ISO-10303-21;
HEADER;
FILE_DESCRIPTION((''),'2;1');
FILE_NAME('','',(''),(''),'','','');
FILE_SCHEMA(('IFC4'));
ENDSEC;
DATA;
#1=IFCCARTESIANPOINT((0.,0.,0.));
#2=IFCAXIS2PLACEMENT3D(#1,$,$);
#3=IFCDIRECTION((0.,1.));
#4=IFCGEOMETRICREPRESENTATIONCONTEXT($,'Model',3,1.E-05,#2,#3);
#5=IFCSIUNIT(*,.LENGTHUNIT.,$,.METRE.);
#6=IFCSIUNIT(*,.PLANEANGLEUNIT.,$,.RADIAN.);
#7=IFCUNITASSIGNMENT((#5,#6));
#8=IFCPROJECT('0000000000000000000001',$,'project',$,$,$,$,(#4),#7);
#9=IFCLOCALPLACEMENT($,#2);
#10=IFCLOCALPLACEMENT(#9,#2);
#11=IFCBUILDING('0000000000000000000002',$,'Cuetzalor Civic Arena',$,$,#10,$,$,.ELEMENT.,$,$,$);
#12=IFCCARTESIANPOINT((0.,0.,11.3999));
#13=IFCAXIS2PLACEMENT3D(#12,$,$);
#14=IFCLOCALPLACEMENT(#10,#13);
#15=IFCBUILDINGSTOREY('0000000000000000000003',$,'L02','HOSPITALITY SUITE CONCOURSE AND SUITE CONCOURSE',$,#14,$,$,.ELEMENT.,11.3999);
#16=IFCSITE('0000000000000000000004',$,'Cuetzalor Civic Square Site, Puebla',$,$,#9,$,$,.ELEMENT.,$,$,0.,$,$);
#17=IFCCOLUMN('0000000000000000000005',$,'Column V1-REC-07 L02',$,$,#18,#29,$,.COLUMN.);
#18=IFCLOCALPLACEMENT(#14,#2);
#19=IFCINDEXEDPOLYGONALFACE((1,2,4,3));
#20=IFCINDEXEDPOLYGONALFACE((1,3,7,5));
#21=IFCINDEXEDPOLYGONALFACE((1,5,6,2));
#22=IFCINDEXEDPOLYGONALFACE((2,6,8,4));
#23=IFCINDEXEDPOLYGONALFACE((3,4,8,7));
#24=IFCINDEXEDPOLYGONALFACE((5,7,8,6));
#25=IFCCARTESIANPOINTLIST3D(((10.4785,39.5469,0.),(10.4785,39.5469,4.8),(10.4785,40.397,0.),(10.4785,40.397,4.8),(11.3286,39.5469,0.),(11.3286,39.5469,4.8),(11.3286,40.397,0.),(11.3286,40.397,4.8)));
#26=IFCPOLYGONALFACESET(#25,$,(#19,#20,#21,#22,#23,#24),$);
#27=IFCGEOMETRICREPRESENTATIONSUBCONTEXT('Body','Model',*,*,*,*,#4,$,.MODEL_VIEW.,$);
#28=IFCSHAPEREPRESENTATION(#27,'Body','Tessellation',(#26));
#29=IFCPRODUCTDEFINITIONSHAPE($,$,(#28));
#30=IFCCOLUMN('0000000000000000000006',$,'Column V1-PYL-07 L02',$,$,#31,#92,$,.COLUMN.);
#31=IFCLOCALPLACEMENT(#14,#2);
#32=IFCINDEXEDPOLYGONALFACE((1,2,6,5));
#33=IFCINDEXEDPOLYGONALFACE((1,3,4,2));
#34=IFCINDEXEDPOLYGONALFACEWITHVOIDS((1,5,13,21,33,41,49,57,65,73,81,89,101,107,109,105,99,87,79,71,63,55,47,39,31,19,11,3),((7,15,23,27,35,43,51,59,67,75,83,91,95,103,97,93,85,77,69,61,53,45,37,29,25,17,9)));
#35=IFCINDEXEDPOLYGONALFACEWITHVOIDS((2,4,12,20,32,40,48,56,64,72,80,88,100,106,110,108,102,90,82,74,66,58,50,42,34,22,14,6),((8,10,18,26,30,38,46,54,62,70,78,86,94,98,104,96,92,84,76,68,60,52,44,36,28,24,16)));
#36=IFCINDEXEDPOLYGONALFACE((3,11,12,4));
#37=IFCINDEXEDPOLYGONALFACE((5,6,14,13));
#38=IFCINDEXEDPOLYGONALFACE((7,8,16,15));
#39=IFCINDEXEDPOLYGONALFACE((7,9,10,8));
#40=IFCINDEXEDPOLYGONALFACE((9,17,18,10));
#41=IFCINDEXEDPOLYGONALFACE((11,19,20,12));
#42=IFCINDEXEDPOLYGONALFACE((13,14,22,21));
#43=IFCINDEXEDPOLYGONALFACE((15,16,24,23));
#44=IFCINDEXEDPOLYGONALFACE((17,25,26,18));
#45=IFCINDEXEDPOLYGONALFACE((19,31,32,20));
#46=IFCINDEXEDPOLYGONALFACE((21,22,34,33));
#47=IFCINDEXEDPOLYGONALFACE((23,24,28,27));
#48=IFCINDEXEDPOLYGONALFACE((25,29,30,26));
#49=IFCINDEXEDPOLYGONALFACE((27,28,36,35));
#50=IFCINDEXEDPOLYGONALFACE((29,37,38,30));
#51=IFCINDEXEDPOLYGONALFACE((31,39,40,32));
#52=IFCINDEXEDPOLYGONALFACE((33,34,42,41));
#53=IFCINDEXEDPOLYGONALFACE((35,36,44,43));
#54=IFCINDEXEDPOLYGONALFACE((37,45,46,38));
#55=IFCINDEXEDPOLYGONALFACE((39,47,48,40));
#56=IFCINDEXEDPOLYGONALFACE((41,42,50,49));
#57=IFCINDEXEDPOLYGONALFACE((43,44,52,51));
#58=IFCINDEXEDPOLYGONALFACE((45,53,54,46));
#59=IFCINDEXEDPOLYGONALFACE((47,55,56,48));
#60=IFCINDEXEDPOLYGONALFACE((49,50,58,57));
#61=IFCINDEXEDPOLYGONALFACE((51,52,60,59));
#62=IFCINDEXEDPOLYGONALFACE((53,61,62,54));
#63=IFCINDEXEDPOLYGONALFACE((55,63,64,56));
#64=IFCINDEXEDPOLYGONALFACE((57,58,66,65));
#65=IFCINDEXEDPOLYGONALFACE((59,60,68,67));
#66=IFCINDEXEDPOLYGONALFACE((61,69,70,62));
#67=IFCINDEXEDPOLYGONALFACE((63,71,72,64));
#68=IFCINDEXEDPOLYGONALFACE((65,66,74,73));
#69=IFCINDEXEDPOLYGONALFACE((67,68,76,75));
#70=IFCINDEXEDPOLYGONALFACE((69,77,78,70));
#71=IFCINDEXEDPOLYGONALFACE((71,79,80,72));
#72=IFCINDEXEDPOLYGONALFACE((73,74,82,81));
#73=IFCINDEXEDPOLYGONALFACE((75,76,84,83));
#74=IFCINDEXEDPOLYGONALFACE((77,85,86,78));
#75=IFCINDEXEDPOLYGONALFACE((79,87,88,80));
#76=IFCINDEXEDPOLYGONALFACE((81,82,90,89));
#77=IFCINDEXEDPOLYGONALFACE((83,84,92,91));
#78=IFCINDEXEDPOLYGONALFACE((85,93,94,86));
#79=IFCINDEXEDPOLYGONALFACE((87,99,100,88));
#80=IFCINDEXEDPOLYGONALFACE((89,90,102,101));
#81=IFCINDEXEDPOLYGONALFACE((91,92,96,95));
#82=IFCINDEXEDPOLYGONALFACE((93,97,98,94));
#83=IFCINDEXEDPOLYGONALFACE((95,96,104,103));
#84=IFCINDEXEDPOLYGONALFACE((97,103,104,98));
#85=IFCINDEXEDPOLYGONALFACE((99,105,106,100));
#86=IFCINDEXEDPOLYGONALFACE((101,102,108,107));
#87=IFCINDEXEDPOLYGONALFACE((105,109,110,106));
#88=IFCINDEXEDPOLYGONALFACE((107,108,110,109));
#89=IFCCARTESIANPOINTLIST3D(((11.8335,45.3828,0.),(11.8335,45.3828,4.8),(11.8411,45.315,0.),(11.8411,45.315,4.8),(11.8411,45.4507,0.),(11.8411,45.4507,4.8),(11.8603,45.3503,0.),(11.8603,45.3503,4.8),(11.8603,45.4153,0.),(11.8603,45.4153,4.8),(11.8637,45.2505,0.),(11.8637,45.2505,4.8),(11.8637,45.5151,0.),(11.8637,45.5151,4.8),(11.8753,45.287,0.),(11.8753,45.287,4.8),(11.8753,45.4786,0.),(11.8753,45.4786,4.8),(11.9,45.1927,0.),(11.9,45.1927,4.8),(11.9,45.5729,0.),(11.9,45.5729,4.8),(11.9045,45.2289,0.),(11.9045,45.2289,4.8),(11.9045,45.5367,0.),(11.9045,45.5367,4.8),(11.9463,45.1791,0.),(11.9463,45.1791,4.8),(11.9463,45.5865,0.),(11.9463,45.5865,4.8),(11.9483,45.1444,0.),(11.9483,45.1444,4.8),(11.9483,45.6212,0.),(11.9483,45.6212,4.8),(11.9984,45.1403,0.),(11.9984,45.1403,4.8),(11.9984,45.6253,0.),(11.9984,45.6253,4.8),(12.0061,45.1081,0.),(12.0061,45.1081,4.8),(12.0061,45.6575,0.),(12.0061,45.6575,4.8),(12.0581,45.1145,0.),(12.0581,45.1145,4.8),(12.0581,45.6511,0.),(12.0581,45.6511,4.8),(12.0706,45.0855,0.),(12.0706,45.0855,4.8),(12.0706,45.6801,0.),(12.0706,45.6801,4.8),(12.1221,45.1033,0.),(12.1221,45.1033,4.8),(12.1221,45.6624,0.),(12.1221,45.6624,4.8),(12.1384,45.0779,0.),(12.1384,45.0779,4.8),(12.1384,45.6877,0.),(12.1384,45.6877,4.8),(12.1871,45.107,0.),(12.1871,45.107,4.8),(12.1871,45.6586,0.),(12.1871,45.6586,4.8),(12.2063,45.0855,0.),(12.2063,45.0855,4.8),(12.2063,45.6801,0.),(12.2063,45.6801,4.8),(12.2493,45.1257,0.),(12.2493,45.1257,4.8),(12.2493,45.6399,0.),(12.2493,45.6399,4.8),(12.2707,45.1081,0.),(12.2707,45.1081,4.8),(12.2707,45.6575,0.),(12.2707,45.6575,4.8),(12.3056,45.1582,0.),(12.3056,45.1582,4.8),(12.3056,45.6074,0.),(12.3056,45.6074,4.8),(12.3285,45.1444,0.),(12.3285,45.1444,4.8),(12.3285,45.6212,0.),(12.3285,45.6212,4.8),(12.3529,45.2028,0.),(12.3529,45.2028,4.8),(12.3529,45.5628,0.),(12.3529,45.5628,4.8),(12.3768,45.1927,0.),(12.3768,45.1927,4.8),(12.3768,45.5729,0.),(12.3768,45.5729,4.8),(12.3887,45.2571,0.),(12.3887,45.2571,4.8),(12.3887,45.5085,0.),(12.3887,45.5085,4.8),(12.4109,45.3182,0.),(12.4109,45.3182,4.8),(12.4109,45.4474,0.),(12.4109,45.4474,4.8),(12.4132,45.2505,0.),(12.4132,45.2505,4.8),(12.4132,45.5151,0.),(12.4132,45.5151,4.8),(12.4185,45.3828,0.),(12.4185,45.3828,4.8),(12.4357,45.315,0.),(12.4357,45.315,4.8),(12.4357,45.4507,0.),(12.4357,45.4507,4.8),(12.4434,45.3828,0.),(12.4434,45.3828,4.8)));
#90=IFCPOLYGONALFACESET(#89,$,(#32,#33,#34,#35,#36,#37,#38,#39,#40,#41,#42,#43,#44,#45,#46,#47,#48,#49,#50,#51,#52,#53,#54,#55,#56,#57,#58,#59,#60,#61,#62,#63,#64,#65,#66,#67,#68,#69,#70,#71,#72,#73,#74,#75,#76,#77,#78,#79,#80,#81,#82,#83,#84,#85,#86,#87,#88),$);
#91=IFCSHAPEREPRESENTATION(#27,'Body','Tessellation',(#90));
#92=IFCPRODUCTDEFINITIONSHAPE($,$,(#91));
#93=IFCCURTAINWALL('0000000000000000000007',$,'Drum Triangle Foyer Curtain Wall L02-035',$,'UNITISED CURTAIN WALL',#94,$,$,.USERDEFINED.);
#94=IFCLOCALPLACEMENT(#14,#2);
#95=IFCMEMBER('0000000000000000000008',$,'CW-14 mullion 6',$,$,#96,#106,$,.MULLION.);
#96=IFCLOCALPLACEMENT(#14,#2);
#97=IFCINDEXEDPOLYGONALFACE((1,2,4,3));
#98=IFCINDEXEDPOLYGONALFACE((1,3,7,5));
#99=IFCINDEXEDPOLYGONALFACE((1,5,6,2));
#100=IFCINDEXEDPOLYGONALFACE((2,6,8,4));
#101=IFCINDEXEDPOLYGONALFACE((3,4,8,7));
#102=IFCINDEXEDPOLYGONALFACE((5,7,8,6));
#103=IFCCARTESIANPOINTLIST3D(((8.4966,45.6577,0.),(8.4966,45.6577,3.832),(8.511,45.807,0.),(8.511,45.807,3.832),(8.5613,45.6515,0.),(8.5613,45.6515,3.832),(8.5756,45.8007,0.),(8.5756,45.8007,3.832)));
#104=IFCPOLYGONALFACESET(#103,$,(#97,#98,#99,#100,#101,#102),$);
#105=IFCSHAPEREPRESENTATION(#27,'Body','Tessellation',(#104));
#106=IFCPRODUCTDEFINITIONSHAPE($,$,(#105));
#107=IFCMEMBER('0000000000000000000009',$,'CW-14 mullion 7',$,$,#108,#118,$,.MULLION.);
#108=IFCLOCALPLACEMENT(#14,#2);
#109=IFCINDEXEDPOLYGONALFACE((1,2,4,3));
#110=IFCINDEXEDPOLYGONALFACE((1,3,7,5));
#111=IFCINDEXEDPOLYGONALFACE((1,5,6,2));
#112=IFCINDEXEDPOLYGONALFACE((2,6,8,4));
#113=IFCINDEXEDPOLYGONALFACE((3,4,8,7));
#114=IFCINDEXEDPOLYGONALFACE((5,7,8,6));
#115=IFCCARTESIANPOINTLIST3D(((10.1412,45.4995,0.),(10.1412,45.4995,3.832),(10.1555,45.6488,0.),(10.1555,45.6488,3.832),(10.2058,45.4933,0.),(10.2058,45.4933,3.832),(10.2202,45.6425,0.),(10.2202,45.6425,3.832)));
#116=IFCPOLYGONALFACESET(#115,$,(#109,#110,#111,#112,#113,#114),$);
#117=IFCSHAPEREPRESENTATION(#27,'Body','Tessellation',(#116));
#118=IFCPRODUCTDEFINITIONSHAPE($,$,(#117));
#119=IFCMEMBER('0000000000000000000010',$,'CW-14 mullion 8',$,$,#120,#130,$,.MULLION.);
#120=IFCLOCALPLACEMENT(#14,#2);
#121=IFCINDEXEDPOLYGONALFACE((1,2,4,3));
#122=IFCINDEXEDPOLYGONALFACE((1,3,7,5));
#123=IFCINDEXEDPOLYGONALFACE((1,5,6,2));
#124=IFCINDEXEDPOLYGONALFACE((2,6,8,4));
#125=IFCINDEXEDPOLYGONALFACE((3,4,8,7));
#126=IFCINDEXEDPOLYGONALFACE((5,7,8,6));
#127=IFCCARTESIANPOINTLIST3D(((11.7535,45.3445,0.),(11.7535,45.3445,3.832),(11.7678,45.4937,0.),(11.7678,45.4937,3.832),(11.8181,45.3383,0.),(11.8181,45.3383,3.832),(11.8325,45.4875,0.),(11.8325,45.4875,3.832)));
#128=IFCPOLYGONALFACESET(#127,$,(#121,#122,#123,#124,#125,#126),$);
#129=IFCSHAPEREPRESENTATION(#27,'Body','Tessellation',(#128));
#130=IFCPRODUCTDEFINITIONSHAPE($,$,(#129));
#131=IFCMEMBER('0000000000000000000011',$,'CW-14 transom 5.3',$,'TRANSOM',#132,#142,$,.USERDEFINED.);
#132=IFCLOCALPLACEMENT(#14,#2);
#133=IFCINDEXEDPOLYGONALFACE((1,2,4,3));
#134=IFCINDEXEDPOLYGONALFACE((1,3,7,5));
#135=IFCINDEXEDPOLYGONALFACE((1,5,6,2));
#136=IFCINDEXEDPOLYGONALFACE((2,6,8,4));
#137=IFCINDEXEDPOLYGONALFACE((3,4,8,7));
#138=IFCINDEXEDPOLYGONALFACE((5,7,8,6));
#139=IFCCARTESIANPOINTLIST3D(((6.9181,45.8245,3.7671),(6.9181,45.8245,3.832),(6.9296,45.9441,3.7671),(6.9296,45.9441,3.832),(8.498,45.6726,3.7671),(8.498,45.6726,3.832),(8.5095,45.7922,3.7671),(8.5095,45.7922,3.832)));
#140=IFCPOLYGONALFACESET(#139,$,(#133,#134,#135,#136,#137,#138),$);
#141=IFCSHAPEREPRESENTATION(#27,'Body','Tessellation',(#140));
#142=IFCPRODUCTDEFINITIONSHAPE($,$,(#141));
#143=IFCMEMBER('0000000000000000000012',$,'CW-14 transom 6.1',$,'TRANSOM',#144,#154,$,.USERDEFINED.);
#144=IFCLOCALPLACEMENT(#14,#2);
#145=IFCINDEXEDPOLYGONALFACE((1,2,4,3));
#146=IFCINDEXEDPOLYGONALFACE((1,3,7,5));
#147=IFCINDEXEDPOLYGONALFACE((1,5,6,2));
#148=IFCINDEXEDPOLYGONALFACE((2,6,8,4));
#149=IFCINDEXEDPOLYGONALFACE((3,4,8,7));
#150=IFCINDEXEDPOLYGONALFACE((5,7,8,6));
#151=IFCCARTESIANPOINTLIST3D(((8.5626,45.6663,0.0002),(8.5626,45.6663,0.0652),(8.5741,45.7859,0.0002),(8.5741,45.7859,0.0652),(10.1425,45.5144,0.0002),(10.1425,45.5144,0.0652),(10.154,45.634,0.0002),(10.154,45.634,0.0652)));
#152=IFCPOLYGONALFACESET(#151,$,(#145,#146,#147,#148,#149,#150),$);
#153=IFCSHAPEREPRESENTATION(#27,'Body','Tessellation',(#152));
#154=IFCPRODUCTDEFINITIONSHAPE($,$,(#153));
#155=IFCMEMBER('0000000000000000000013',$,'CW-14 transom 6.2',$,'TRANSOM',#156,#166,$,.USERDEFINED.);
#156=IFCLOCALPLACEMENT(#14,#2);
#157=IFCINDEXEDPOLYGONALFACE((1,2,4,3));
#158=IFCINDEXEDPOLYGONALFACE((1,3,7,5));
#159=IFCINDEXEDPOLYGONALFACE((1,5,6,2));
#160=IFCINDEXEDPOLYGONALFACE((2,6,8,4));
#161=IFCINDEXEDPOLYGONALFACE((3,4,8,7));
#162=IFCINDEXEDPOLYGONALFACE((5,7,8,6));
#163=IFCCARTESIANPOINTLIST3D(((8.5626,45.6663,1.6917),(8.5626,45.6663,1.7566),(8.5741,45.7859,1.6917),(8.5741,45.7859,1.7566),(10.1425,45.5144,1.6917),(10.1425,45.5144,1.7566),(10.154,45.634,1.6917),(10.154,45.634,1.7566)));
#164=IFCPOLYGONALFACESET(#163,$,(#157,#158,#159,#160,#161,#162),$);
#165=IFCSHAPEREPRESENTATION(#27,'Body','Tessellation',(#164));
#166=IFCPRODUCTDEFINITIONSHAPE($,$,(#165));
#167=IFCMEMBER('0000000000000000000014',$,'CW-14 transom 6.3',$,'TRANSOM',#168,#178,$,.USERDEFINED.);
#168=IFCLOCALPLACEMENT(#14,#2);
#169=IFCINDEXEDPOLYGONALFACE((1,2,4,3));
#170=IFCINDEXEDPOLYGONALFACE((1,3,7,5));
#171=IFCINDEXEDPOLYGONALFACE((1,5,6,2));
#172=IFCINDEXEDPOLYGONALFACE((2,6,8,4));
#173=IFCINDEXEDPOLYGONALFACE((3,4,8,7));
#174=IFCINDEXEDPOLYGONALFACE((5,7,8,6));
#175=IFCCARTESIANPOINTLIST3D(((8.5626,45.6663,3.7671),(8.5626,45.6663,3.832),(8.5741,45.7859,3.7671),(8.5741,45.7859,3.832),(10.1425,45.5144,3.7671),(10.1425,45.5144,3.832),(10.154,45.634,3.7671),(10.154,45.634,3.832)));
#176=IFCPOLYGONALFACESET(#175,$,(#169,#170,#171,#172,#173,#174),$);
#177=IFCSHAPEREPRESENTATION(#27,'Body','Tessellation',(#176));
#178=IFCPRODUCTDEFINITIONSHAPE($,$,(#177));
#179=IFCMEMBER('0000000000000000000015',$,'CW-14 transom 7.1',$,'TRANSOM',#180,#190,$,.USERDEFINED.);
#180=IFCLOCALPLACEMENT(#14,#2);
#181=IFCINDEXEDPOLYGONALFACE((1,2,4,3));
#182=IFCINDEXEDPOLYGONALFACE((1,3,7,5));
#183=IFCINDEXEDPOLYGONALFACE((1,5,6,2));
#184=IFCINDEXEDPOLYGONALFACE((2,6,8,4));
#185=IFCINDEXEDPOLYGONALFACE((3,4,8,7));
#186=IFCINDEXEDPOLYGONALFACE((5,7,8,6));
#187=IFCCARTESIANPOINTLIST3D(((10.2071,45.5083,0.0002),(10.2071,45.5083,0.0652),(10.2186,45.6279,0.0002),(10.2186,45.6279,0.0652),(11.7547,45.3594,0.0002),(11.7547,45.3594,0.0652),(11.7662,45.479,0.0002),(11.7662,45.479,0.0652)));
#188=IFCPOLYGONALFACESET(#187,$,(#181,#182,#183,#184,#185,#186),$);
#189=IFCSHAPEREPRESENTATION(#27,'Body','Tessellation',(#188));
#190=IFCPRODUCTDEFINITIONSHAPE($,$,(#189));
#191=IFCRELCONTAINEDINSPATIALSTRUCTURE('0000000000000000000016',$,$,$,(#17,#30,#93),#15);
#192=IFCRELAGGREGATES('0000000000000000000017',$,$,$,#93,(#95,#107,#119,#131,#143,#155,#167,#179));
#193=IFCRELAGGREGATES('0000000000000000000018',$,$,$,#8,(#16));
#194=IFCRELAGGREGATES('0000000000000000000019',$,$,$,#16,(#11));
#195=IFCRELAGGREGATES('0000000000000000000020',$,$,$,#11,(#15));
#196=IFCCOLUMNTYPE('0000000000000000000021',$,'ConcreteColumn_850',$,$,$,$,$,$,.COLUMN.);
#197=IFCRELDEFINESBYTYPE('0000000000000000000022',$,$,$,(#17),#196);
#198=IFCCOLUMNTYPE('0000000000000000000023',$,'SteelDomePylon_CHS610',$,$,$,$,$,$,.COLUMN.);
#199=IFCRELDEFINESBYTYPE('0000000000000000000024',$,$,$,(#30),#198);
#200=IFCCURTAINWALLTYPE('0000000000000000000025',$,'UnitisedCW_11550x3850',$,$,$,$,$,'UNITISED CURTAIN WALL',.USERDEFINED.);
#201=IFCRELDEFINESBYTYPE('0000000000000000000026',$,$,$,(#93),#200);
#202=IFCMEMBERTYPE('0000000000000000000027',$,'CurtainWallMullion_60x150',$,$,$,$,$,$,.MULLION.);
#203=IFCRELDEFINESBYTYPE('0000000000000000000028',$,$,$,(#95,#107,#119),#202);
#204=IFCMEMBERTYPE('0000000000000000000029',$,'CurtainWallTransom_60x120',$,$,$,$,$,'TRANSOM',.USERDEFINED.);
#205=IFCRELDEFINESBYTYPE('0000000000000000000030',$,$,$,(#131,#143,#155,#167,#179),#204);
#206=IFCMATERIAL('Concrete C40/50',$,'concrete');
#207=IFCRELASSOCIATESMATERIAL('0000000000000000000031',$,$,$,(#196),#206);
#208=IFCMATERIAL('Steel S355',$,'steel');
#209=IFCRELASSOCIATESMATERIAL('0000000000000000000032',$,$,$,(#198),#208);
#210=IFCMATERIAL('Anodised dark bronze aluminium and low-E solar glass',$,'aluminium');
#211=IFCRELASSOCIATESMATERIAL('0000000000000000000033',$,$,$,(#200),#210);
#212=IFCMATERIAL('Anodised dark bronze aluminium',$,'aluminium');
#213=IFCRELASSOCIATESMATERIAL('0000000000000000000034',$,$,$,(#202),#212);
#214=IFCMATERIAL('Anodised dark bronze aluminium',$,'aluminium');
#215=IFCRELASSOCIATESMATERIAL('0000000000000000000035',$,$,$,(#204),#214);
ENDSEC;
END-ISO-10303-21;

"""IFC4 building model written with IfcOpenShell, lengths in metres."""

from ifc_helpers import new_model, si_unit, direction, frame, origin, origin_2d, place, context, subcontext, project, spatial, rectangle, hollow_circle, extrude, material, material_profile, profile_set, type_object, element, aggregate, save


model = new_model("IFC4")

# Units and contexts
model_context = context("Model", 3, precision=1e-05, world=origin(), true_north=direction((0.0, 1.0)))
body_context = subcontext(model_context, "Body", "Model", "MODEL_VIEW")
ifc_project = project(units=[si_unit("LENGTHUNIT", "METRE"), si_unit("PLANEANGLEUNIT", "RADIAN")], contexts=[model_context])

# Site, building, storey
site_placement = place(None, origin())
site = spatial("IfcSite", under=ifc_project, at=site_placement, Name="Cuetzalor Civic Square Site, Puebla", CompositionType="ELEMENT", RefElevation=0.0)
building_placement = place(site_placement, origin())
building = spatial("IfcBuilding", under=site, at=building_placement, Name="Cuetzalor Civic Arena", CompositionType="ELEMENT")
storey_placement = place(building_placement, frame((0.0, 0.0, 11.3999)))
storey = spatial("IfcBuildingStorey", under=building, at=storey_placement, Name="L02", Description="HOSPITALITY SUITE CONCOURSE AND SUITE CONCOURSE", CompositionType="ELEMENT", Elevation=11.3999)

# Columns
ifc_material_1 = material(Name="Concrete C40/50", Category="concrete")
ifc_material_profile_1 = material_profile(ifc_material_1, rectangle(XDim=0.8501, YDim=0.8501, at=origin_2d()), Name="RC 850x850")
ifc_profile_set_1 = profile_set([ifc_material_profile_1], Name="Concrete C40/50")
column_type_1 = type_object("IfcColumnType", Name="ConcreteColumn_850", PredefinedType="COLUMN", material=ifc_profile_set_1)
column_1_placement = place(storey_placement, frame((10.9036, 39.9719, 0.0), z_axis=(0.0, 0.0, 1.0), x_axis=(1.0, 0.0, 0.0)))
element("IfcColumn", 1, at=column_1_placement, inside=storey, type_object=column_type_1, Name="Column V1-REC-07 L02", PredefinedType="COLUMN", context=body_context, shape_type="SweptSolid", body=[
    extrude(rectangle(XDim=0.8501, YDim=0.8501, at=origin_2d()), origin(), (0.0, 0.0, 1.0), 4.8),
])
ifc_material_2 = material(Name="Steel S355", Category="steel")
ifc_material_profile_2 = material_profile(ifc_material_2, hollow_circle(Radius=0.3049, WallThickness=0.0249, at=origin_2d()), Name="CHS 610x25")
ifc_profile_set_2 = profile_set([ifc_material_profile_2], Name="Steel S355")
column_type_2 = type_object("IfcColumnType", Name="SteelDomePylon_CHS610", PredefinedType="COLUMN", material=ifc_profile_set_2)
column_2_placement = place(storey_placement, frame((12.1384, 45.3828, 0.0), z_axis=(0.0, 0.0, 1.0), x_axis=(1.0, 0.0, 0.0)))
element("IfcColumn", 2, at=column_2_placement, inside=storey, type_object=column_type_2, Name="Column V1-PYL-07 L02", PredefinedType="COLUMN", context=body_context, shape_type="SweptSolid", body=[
    extrude(hollow_circle(Radius=0.3049, WallThickness=0.0249, at=origin_2d()), origin(), (0.0, 0.0, 1.0), 4.8),
])

# Curtain wall, members
ifc_material_3 = material(Name="Anodised dark bronze aluminium and low-E solar glass", Category="aluminium")
curtain_wall_type = type_object("IfcCurtainWallType", Name="UnitisedCW_11550x3850", ElementType="UNITISED CURTAIN WALL", PredefinedType="USERDEFINED", material=ifc_material_3)
curtain_wall_placement = place(storey_placement, origin())
curtain_wall = element("IfcCurtainWall", 3, at=curtain_wall_placement, inside=storey, type_object=curtain_wall_type, Name="Drum Triangle Foyer Curtain Wall L02-035", ObjectType="UNITISED CURTAIN WALL", PredefinedType="USERDEFINED")
ifc_material_4 = material(Name="Anodised dark bronze aluminium", Category="aluminium")
ifc_material_profile_3 = material_profile(ifc_material_4, rectangle(XDim=0.0649, YDim=0.1499, at=origin_2d()), Name="ALU MULLION 65x150")
ifc_profile_set_3 = profile_set([ifc_material_profile_3], Name="Anodised dark bronze aluminium")
member_type_1 = type_object("IfcMemberType", Name="CurtainWallMullion_60x150", PredefinedType="MULLION", material=ifc_profile_set_3)
member_1_placement = place(storey_placement, frame((8.5361, 45.7292, 0.0), z_axis=(0.0, 0.0, 1.0), x_axis=(0.995409, -0.095711, 0.0)))
member_1 = element("IfcMember", 4, at=member_1_placement, type_object=member_type_1, Name="CW-14 mullion 6", PredefinedType="MULLION", context=body_context, shape_type="SweptSolid", body=[
    extrude(rectangle(XDim=0.0649, YDim=0.1499, at=origin_2d()), origin(), (0.0, 0.0, 1.0), 3.832),
])
member_2_placement = place(storey_placement, frame((10.1807, 45.571, 0.0), z_axis=(0.0, 0.0, 1.0), x_axis=(0.995409, -0.095711, 0.0)))
member_2 = element("IfcMember", 5, at=member_2_placement, type_object=member_type_1, Name="CW-14 mullion 7", PredefinedType="MULLION", context=body_context, shape_type="SweptSolid", body=[
    extrude(rectangle(XDim=0.0649, YDim=0.1499, at=origin_2d()), origin(), (0.0, 0.0, 1.0), 3.832),
])
member_3_placement = place(storey_placement, frame((11.793, 45.416, 0.0), z_axis=(0.0, 0.0, 1.0), x_axis=(0.995409, -0.095711, 0.0)))
member_3 = element("IfcMember", 6, at=member_3_placement, type_object=member_type_1, Name="CW-14 mullion 8", PredefinedType="MULLION", context=body_context, shape_type="SweptSolid", body=[
    extrude(rectangle(XDim=0.0649, YDim=0.1499, at=origin_2d()), origin(), (0.0, 0.0, 1.0), 3.832),
])
ifc_material_5 = material(Name="Anodised dark bronze aluminium", Category="aluminium")
ifc_material_profile_4 = material_profile(ifc_material_5, rectangle(XDim=0.1201, YDim=0.0649, at=origin_2d()), Name="ALU TRANSOM 65x120")
ifc_profile_set_4 = profile_set([ifc_material_profile_4], Name="Anodised dark bronze aluminium")
member_type_2 = type_object("IfcMemberType", Name="CurtainWallTransom_60x120", ElementType="TRANSOM", PredefinedType="USERDEFINED", material=ifc_profile_set_4)
member_4_placement = place(storey_placement, frame((6.9238, 45.8843, 3.7996), z_axis=(0.995412, -0.09568, 0.0), x_axis=(0.09568, 0.995412, 0.0)))
member_4 = element("IfcMember", 7, at=member_4_placement, type_object=member_type_2, Name="CW-14 transom 5.3", ObjectType="TRANSOM", PredefinedType="USERDEFINED", context=body_context, shape_type="SweptSolid", body=[
    extrude(rectangle(XDim=0.1201, YDim=0.0649, at=origin_2d()), origin(), (0.0, 0.0, 1.0), 1.5872),
])
member_5_placement = place(storey_placement, frame((8.5684, 45.7261, 0.0327), z_axis=(0.995412, -0.09568, 0.0), x_axis=(0.09568, 0.995412, 0.0)))
member_5 = element("IfcMember", 8, at=member_5_placement, type_object=member_type_2, Name="CW-14 transom 6.1", ObjectType="TRANSOM", PredefinedType="USERDEFINED", context=body_context, shape_type="SweptSolid", body=[
    extrude(rectangle(XDim=0.1201, YDim=0.0649, at=origin_2d()), origin(), (0.0, 0.0, 1.0), 1.5872),
])
member_6_placement = place(storey_placement, frame((8.5684, 45.7261, 1.7241), z_axis=(0.995412, -0.09568, 0.0), x_axis=(0.09568, 0.995412, 0.0)))
member_6 = element("IfcMember", 9, at=member_6_placement, type_object=member_type_2, Name="CW-14 transom 6.2", ObjectType="TRANSOM", PredefinedType="USERDEFINED", context=body_context, shape_type="SweptSolid", body=[
    extrude(rectangle(XDim=0.1201, YDim=0.0649, at=origin_2d()), origin(), (0.0, 0.0, 1.0), 1.5872),
])
member_7_placement = place(storey_placement, frame((8.5684, 45.7261, 3.7996), z_axis=(0.995412, -0.09568, 0.0), x_axis=(0.09568, 0.995412, 0.0)))
member_7 = element("IfcMember", 10, at=member_7_placement, type_object=member_type_2, Name="CW-14 transom 6.3", ObjectType="TRANSOM", PredefinedType="USERDEFINED", context=body_context, shape_type="SweptSolid", body=[
    extrude(rectangle(XDim=0.1201, YDim=0.0649, at=origin_2d()), origin(), (0.0, 0.0, 1.0), 1.5872),
])
member_8_placement = place(storey_placement, frame((10.2129, 45.5681, 0.0327), z_axis=(0.995402, -0.095787, 0.0), x_axis=(0.095787, 0.995402, 0.0)))
member_8 = element("IfcMember", 11, at=member_8_placement, type_object=member_type_2, Name="CW-14 transom 7.1", ObjectType="TRANSOM", PredefinedType="USERDEFINED", context=body_context, shape_type="SweptSolid", body=[
    extrude(rectangle(XDim=0.1201, YDim=0.0649, at=origin_2d()), origin(), (0.0, 0.0, 1.0), 1.5547),
])

aggregate(curtain_wall, [member_1, member_2, member_3, member_4, member_5, member_6, member_7, member_8])

save(model, "model.ifc")
